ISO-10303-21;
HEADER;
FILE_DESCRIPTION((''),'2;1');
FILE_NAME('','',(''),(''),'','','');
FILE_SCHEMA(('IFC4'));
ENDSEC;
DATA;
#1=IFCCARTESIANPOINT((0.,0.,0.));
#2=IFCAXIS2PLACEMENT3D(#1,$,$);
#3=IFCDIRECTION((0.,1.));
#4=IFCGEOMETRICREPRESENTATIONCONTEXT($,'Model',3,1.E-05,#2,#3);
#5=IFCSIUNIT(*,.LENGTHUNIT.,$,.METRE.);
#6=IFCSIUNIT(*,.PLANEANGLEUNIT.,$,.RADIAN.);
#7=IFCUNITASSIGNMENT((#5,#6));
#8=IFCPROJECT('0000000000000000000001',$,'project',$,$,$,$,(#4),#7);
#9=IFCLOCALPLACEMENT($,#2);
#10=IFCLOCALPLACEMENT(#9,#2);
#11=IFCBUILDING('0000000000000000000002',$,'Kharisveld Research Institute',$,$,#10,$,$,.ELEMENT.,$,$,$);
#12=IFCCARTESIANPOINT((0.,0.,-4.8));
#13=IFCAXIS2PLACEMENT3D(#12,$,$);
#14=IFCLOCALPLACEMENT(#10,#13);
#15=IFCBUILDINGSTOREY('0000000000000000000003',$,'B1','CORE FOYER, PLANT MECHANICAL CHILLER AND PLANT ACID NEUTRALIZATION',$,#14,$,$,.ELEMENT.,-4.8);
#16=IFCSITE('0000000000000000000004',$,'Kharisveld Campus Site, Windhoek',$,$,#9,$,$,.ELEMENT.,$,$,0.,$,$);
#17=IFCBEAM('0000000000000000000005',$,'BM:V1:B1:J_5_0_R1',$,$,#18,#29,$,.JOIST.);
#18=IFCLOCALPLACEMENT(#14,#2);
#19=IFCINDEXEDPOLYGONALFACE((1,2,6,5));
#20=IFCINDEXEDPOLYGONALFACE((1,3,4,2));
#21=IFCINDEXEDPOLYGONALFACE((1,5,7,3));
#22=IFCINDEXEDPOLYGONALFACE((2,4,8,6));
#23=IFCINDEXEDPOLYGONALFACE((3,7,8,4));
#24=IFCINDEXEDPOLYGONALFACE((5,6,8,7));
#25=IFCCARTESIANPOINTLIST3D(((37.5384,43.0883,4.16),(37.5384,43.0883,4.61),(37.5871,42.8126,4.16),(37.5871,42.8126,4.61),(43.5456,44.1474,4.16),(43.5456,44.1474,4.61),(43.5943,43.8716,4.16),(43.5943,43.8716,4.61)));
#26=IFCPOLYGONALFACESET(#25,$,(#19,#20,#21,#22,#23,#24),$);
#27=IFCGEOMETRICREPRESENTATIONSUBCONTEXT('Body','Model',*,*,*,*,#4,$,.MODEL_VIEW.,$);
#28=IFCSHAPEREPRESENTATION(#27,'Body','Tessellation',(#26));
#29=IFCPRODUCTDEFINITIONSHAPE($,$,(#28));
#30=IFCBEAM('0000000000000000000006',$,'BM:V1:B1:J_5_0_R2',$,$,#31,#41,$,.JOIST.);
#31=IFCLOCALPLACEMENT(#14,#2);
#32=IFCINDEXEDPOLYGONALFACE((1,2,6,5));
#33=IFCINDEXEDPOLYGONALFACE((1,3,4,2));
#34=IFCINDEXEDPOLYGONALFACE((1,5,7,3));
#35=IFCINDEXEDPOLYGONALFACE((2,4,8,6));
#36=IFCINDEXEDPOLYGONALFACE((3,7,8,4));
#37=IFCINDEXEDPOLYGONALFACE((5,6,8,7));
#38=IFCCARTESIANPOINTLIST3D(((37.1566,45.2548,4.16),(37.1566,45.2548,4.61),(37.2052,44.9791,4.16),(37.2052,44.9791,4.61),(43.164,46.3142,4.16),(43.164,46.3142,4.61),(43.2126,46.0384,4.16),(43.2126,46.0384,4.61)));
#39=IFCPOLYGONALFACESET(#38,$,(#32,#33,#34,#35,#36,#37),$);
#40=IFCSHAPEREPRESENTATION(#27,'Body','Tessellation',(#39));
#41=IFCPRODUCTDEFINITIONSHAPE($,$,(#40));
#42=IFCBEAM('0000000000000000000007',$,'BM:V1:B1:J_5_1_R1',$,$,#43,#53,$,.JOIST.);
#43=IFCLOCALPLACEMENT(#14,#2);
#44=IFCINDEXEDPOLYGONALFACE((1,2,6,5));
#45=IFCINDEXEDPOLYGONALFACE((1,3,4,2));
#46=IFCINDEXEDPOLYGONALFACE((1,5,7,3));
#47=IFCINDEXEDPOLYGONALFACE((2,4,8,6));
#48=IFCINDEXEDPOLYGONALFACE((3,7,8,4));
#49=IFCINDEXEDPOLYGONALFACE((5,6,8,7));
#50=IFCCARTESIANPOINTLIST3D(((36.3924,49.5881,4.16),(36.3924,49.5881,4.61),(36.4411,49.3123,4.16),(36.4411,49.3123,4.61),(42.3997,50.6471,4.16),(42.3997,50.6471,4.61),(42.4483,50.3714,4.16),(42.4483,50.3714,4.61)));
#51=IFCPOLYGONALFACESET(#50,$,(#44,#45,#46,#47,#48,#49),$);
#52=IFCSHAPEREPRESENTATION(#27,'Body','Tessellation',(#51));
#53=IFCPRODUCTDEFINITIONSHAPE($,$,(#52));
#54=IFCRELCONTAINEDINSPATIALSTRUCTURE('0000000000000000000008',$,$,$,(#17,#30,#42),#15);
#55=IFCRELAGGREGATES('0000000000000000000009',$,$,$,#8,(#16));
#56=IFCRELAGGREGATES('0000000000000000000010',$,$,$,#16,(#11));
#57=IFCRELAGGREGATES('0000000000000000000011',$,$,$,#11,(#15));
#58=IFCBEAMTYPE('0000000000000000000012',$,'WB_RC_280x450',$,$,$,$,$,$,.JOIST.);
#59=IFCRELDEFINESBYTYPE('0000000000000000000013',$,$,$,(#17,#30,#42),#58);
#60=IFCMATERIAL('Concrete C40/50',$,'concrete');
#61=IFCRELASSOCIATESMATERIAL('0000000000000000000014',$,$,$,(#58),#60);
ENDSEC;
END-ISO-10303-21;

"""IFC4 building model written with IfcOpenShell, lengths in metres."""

from ifc_helpers import new_model, si_unit, direction, frame, origin, origin_2d, place, context, subcontext, project, spatial, rectangle, extrude, material, material_profile, profile_set, type_object, element, save


model = new_model("IFC4")

# Units and contexts
model_context = context("Model", 3, precision=1e-05, world=origin(), true_north=direction((0.0, 1.0)))
body_context = subcontext(model_context, "Body", "Model", "MODEL_VIEW")
ifc_project = project(units=[si_unit("LENGTHUNIT", "METRE"), si_unit("PLANEANGLEUNIT", "RADIAN")], contexts=[model_context])

# Site, building, storey
site_placement = place(None, origin())
site = spatial("IfcSite", under=ifc_project, at=site_placement, Name="Kharisveld Campus Site, Windhoek", CompositionType="ELEMENT", RefElevation=0.0)
building_placement = place(site_placement, origin())
building = spatial("IfcBuilding", under=site, at=building_placement, Name="Kharisveld Research Institute", CompositionType="ELEMENT")
storey_placement = place(building_placement, frame((0.0, 0.0, -4.8)))
storey = spatial("IfcBuildingStorey", under=building, at=storey_placement, Name="B1", Description="CORE FOYER, PLANT MECHANICAL CHILLER AND PLANT ACID NEUTRALIZATION", CompositionType="ELEMENT", Elevation=-4.8)

# Beams
ifc_material_1 = material(Name="Concrete C40/50", Category="concrete")
ifc_material_profile_1 = material_profile(ifc_material_1, rectangle(XDim=0.28, YDim=0.45, at=origin_2d()))
ifc_profile_set_1 = profile_set([ifc_material_profile_1], Name="Concrete C40/50")
beam_type_1 = type_object("IfcBeamType", Name="WB_RC_280x450", PredefinedType="JOIST", material=ifc_profile_set_1)
beam_1_placement = place(storey_placement, frame((37.5627, 42.9504, 4.385), z_axis=(0.984813, 0.173621, 0.0), x_axis=(-0.173621, 0.984813, 0.0)))
element("IfcBeam", 1, at=beam_1_placement, inside=storey, type_object=beam_type_1, Name="BM:V1:B1:J_5_0_R1", PredefinedType="JOIST", context=body_context, shape_type="SweptSolid", body=[
    extrude(rectangle(XDim=0.28, YDim=0.45, at=origin_2d()), origin(), (0.0, 0.0, 1.0), 6.0999),
])
beam_2_placement = place(storey_placement, frame((37.1809, 45.1169, 4.385), z_axis=(0.984806, 0.17366, 0.0), x_axis=(-0.17366, 0.984806, 0.0)))
element("IfcBeam", 2, at=beam_2_placement, inside=storey, type_object=beam_type_1, Name="BM:V1:B1:J_5_0_R2", PredefinedType="JOIST", context=body_context, shape_type="SweptSolid", body=[
    extrude(rectangle(XDim=0.28, YDim=0.45, at=origin_2d()), origin(), (0.0, 0.0, 1.0), 6.1001),
])
beam_3_placement = place(storey_placement, frame((36.4167, 49.4502, 4.385), z_axis=(0.984813, 0.173621, 0.0), x_axis=(-0.173621, 0.984813, 0.0)))
element("IfcBeam", 3, at=beam_3_placement, inside=storey, type_object=beam_type_1, Name="BM:V1:B1:J_5_1_R1", PredefinedType="JOIST", context=body_context, shape_type="SweptSolid", body=[
    extrude(rectangle(XDim=0.28, YDim=0.45, at=origin_2d()), origin(), (0.0, 0.0, 1.0), 6.0999),
])

save(model, "model.ifc")
